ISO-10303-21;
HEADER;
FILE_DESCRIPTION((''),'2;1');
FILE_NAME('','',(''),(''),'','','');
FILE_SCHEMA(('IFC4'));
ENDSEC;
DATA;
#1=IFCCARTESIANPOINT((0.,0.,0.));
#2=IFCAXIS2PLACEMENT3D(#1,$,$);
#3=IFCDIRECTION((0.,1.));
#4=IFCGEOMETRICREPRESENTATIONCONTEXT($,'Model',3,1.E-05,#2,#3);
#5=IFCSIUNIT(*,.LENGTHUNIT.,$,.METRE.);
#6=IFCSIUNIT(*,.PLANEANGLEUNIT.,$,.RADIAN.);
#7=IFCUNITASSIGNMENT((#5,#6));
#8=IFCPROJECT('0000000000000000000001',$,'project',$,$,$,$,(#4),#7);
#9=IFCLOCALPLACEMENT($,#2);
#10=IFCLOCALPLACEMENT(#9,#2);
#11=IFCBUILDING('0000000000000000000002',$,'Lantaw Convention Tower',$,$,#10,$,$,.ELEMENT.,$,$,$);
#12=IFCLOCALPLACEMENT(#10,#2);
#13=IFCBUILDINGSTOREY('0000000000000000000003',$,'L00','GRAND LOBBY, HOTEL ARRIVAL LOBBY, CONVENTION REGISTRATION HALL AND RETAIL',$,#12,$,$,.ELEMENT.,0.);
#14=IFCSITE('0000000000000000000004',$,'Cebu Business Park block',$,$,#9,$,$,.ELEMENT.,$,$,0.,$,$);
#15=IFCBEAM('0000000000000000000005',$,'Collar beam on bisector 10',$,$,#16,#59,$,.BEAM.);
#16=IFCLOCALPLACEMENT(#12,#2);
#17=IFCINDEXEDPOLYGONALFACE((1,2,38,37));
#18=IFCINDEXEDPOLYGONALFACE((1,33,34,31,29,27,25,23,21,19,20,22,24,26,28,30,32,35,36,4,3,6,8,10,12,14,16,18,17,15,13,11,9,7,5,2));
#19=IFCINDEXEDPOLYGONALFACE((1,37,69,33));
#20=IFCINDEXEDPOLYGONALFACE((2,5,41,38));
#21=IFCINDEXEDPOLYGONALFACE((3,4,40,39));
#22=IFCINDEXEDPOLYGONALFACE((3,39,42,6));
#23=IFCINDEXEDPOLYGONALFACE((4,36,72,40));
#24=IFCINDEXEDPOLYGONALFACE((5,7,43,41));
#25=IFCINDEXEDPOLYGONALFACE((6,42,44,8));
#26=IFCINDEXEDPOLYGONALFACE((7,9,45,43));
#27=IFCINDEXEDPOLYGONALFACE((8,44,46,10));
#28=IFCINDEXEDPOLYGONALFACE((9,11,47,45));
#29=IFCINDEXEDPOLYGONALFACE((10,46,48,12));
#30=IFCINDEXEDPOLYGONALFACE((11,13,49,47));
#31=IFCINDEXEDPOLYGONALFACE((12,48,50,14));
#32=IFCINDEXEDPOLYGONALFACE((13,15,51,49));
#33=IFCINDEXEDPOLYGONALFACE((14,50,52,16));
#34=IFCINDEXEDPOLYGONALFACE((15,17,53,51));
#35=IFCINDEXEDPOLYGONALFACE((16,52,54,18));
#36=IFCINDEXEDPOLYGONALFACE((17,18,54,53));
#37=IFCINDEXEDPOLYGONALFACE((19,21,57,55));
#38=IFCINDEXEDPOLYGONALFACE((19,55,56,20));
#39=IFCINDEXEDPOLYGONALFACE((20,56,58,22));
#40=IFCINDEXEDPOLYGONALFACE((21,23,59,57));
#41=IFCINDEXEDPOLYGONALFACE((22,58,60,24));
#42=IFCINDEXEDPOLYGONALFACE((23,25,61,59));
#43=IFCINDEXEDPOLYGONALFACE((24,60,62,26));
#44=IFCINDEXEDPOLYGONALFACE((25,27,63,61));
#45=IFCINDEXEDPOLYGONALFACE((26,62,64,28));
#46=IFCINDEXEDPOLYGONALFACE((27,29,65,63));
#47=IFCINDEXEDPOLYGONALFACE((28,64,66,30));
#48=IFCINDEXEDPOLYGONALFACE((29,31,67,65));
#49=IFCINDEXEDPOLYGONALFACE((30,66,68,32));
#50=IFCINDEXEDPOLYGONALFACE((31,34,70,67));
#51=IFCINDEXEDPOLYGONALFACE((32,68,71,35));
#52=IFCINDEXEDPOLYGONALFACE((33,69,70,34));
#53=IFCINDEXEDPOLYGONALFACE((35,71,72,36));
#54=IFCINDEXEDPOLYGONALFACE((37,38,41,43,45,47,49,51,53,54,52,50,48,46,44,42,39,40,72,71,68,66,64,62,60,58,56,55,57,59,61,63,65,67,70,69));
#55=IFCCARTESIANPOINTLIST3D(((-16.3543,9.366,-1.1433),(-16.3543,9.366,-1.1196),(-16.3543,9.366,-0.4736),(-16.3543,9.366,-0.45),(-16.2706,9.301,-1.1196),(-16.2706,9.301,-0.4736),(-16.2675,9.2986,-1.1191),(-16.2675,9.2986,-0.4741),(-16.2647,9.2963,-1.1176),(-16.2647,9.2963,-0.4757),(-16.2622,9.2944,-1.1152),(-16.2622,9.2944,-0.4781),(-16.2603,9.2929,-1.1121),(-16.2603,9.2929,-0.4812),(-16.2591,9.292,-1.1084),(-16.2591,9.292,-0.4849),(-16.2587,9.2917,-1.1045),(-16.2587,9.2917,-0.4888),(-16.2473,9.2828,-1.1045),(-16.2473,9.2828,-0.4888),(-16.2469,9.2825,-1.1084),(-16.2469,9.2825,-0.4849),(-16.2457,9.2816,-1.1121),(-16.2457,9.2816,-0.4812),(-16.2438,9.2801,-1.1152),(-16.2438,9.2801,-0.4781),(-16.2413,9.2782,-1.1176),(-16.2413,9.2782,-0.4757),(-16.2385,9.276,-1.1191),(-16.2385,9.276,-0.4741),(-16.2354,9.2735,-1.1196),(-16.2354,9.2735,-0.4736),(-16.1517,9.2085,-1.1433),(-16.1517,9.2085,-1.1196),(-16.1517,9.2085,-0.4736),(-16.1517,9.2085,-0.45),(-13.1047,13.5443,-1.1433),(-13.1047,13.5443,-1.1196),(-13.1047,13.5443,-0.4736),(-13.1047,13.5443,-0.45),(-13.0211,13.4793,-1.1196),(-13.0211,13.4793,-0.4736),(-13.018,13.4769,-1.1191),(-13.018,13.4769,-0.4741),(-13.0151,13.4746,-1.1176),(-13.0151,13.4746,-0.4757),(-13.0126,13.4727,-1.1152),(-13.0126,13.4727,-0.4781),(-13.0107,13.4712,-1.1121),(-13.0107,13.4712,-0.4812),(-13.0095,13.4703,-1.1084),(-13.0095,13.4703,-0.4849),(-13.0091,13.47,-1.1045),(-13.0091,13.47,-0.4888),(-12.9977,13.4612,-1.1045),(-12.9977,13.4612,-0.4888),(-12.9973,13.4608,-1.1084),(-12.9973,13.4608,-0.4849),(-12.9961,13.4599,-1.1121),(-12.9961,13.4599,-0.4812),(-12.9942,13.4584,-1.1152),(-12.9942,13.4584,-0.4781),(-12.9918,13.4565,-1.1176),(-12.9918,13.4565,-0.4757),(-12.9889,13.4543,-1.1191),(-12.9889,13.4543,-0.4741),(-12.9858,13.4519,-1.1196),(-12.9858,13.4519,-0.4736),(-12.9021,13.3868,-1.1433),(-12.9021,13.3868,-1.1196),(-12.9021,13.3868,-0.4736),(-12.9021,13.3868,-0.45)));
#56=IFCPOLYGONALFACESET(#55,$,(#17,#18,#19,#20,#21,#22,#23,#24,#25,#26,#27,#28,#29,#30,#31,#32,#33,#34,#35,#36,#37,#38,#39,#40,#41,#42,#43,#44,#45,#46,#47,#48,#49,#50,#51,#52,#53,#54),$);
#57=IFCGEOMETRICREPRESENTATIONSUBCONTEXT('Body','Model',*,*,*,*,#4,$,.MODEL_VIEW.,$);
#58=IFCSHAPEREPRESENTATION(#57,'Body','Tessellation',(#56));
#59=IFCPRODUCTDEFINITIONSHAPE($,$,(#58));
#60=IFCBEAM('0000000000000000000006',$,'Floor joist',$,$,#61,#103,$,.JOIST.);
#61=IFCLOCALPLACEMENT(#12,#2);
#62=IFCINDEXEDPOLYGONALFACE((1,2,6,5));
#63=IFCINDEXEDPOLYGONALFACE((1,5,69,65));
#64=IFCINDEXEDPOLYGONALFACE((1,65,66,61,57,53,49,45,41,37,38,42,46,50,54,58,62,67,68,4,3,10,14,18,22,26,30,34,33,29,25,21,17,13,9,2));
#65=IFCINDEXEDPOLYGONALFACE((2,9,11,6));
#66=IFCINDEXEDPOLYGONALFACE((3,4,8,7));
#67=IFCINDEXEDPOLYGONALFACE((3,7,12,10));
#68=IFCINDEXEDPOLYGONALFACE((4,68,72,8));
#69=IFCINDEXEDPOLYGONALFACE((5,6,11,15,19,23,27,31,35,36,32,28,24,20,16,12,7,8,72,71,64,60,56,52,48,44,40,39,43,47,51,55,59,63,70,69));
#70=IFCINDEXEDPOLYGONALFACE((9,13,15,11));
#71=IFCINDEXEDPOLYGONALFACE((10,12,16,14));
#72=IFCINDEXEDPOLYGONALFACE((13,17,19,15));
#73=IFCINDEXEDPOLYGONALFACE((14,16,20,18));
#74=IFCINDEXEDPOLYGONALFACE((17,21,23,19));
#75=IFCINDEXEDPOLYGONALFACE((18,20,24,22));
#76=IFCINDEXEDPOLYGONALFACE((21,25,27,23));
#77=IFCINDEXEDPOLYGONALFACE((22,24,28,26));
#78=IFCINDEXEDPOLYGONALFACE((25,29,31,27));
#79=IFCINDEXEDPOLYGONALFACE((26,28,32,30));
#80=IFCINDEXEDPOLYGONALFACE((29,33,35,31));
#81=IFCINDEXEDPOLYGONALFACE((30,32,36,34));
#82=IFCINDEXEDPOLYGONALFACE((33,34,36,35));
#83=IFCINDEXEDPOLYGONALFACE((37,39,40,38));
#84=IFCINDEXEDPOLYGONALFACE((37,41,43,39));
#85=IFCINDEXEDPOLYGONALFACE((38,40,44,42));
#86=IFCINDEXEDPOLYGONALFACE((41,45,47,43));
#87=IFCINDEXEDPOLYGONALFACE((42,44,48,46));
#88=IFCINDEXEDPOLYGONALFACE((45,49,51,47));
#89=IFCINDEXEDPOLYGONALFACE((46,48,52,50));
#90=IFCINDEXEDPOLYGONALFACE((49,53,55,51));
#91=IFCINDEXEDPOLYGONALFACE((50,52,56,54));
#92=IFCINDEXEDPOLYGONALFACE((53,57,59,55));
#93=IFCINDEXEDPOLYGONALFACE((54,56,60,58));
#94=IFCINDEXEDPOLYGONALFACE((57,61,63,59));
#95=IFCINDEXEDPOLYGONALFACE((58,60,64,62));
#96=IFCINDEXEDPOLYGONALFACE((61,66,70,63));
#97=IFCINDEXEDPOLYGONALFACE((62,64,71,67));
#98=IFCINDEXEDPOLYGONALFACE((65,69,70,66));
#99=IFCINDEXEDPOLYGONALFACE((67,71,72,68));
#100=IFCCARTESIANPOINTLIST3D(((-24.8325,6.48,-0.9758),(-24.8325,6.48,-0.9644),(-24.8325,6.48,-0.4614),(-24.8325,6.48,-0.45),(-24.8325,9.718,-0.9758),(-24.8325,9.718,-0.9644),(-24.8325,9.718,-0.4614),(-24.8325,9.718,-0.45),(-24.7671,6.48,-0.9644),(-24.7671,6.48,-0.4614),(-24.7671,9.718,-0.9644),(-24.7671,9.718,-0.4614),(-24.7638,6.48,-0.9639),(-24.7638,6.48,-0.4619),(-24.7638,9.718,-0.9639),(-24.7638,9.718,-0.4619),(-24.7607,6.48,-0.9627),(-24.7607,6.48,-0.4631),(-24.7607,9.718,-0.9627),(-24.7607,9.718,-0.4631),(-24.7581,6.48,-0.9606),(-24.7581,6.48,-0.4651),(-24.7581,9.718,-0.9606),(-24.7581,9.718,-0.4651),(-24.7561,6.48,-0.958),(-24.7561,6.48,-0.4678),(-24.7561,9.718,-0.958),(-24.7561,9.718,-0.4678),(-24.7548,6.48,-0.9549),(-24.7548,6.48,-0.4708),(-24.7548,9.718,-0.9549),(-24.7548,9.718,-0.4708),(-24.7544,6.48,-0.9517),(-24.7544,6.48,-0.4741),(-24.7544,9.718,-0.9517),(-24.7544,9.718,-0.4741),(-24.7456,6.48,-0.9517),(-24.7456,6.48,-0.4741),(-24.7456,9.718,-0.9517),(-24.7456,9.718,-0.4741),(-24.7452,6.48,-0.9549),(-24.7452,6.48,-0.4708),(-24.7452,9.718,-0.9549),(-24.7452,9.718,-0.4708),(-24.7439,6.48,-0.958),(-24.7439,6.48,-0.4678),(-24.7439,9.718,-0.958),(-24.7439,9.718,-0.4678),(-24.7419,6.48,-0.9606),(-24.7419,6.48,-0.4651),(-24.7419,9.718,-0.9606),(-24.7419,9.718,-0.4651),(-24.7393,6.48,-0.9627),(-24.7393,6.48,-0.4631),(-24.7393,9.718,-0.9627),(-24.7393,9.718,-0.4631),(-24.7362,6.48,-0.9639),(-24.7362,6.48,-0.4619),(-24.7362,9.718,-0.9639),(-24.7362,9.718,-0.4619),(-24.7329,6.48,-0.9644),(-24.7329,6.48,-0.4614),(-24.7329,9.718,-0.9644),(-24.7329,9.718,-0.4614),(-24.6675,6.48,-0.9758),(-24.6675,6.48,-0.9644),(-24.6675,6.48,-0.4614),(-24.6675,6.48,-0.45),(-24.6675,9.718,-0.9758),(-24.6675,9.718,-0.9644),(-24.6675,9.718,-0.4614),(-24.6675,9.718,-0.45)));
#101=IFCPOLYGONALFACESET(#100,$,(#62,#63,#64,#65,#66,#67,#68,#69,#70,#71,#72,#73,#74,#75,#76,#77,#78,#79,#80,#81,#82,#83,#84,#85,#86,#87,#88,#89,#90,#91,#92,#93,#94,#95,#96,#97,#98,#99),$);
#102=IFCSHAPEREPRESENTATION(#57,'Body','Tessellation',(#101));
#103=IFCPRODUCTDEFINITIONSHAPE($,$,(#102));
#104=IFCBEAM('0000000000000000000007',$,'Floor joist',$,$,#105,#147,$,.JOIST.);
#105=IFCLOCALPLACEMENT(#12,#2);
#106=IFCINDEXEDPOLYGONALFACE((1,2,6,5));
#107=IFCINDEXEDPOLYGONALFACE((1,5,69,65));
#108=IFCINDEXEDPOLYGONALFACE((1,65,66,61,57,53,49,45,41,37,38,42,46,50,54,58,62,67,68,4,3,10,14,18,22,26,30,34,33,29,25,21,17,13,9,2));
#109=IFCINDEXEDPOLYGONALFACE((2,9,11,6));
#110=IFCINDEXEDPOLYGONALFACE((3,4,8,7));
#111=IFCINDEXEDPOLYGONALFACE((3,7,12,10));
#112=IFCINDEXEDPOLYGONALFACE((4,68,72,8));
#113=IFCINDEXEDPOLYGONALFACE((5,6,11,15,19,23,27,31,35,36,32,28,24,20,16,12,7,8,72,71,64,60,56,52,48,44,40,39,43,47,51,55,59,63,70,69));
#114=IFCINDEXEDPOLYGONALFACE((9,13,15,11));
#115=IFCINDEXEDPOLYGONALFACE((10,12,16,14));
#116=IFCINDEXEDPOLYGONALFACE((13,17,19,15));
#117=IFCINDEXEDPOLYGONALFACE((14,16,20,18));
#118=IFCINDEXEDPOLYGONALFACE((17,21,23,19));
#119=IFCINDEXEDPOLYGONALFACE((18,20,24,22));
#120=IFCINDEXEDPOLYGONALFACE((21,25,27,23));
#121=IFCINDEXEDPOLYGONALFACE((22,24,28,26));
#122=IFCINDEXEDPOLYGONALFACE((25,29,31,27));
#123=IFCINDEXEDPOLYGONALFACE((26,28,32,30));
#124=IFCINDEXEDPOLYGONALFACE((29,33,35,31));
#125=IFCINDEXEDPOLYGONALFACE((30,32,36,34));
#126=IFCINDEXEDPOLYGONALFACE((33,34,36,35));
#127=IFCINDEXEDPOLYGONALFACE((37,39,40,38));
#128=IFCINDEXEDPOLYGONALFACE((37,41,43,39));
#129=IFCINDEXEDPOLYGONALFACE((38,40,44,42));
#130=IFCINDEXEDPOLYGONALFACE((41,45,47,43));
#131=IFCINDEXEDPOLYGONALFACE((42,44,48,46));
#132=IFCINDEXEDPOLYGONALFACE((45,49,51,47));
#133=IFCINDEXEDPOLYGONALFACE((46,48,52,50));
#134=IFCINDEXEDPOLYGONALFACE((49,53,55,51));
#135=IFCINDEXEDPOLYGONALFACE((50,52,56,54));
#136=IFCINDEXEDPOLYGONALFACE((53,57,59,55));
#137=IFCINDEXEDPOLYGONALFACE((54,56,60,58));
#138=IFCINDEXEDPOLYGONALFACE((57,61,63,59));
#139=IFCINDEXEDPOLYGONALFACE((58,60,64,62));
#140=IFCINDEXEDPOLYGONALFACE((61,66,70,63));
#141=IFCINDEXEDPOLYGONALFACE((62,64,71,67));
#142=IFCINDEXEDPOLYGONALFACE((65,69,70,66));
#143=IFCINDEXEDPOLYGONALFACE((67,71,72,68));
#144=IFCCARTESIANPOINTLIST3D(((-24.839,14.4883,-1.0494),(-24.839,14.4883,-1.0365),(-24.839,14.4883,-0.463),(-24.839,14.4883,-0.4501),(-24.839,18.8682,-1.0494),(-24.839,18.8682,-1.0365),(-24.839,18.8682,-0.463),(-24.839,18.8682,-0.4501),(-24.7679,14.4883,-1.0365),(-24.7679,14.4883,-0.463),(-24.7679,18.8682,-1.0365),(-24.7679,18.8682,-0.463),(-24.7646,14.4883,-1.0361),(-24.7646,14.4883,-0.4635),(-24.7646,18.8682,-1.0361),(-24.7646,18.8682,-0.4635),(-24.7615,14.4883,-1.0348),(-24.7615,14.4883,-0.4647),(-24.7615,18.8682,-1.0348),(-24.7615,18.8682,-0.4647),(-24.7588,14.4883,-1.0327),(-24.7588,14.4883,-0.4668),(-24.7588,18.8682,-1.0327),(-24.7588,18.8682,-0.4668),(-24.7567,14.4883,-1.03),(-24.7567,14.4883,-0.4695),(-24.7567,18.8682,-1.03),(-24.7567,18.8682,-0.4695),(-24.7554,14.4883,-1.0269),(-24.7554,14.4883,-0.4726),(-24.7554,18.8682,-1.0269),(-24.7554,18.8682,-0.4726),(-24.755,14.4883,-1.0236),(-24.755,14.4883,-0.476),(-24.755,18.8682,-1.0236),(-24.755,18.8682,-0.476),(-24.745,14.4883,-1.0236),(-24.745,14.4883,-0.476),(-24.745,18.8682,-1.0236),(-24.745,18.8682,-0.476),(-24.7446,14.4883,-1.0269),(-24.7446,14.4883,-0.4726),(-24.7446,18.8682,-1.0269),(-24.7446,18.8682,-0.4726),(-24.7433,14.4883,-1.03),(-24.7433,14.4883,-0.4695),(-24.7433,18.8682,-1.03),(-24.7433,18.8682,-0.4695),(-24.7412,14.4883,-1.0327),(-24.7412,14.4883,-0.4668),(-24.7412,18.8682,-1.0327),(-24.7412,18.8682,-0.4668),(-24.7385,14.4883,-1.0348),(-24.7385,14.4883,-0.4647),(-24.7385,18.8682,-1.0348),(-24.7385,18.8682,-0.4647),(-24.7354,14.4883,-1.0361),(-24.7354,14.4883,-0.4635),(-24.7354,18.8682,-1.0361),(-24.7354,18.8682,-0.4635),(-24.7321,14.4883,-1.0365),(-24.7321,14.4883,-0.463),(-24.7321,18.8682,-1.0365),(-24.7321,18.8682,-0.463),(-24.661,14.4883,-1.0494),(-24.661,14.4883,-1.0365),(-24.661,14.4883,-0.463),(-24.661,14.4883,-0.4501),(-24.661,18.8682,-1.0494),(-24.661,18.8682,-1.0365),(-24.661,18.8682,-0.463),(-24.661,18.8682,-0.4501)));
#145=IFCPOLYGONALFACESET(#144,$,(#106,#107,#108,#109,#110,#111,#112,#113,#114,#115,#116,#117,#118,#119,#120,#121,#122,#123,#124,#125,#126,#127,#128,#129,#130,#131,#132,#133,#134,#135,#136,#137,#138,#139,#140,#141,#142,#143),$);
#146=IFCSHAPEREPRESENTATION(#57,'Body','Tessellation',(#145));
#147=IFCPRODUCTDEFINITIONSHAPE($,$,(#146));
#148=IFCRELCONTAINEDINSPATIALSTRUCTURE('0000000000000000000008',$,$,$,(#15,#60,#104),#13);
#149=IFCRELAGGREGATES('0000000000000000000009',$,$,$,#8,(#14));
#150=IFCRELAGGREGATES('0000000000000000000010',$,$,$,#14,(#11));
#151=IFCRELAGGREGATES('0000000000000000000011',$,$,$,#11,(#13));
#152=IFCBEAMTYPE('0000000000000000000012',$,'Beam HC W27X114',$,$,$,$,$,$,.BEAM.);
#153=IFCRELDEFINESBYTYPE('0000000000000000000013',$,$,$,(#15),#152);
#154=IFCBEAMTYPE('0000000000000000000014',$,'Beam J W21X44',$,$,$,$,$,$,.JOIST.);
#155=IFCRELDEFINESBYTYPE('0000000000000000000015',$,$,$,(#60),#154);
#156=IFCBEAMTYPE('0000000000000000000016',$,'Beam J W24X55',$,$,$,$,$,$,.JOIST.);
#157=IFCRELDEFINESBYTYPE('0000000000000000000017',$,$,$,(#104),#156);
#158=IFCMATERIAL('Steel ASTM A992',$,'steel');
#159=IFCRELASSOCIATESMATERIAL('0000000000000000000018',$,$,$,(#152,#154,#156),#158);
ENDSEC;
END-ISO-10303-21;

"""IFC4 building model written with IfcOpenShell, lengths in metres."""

from ifc_helpers import new_model, si_unit, direction, frame, origin, origin_2d, place, context, subcontext, project, spatial, i_section, extrude, material, material_profile, profile_set, type_object, element, save


model = new_model("IFC4")

# Units and contexts
model_context = context("Model", 3, precision=1e-05, world=origin(), true_north=direction((0.0, 1.0)))
body_context = subcontext(model_context, "Body", "Model", "MODEL_VIEW")
ifc_project = project(units=[si_unit("LENGTHUNIT", "METRE"), si_unit("PLANEANGLEUNIT", "RADIAN")], contexts=[model_context])

# Site, building, storey
site_placement = place(None, origin())
site = spatial("IfcSite", under=ifc_project, at=site_placement, Name="Cebu Business Park block", CompositionType="ELEMENT", RefElevation=0.0)
building_placement = place(site_placement, origin())
building = spatial("IfcBuilding", under=site, at=building_placement, Name="Lantaw Convention Tower", CompositionType="ELEMENT")
storey_placement = place(building_placement, origin())
storey = spatial("IfcBuildingStorey", under=building, at=storey_placement, Name="L00", Description="GRAND LOBBY, HOTEL ARRIVAL LOBBY, CONVENTION REGISTRATION HALL AND RETAIL", CompositionType="ELEMENT", Elevation=0.0)

# Beams
ifc_material_1 = material(Name="Steel ASTM A992", Category="steel")
ifc_material_profile_1 = material_profile(ifc_material_1, i_section(OverallWidth=0.2566, OverallDepth=0.6934, WebThickness=0.0144, FlangeThickness=0.0237, FilletRadius=0.0151, at=origin_2d()), Name="W27X114")
ifc_profile_set_1 = profile_set([ifc_material_profile_1], Name="Steel ASTM A992")
beam_type_1 = type_object("IfcBeamType", Name="Beam HC W27X114", PredefinedType="BEAM", material=ifc_profile_set_1)
beam_1_placement = place(storey_placement, frame((-13.0034, 13.4656, -0.7966), z_axis=(-0.613915, -0.789372, 0.0), x_axis=(0.789372, -0.613915, 0.0)))
element("IfcBeam", 1, at=beam_1_placement, inside=storey, type_object=beam_type_1, Name="Collar beam on bisector 10", PredefinedType="BEAM", context=body_context, shape_type="SweptSolid", body=[
    extrude(i_section(OverallWidth=0.2566, OverallDepth=0.6934, WebThickness=0.0144, FlangeThickness=0.0237, FilletRadius=0.0151, at=origin_2d()), origin(), (0.0, 0.0, 1.0), 5.2932),
])
ifc_material_profile_2 = material_profile(ifc_material_1, i_section(OverallWidth=0.165, OverallDepth=0.5259, WebThickness=0.0088, FlangeThickness=0.0115, FilletRadius=0.0127, at=origin_2d()), Name="W21X44")
ifc_profile_set_2 = profile_set([ifc_material_profile_2], Name="Steel ASTM A992")
beam_type_2 = type_object("IfcBeamType", Name="Beam J W21X44", PredefinedType="JOIST", material=ifc_profile_set_2)
beam_2_placement = place(storey_placement, frame((-24.75, 6.48, -0.7129), z_axis=(0.0, 1.0, 0.0), x_axis=(-1.0, 0.0, 0.0)))
element("IfcBeam", 2, at=beam_2_placement, inside=storey, type_object=beam_type_2, Name="Floor joist", PredefinedType="JOIST", context=body_context, shape_type="SweptSolid", body=[
    extrude(i_section(OverallWidth=0.165, OverallDepth=0.5259, WebThickness=0.0088, FlangeThickness=0.0115, FilletRadius=0.0127, at=origin_2d()), origin(), (0.0, 0.0, 1.0), 3.238),
])
ifc_material_profile_3 = material_profile(ifc_material_1, i_section(OverallWidth=0.178, OverallDepth=0.5994, WebThickness=0.01, FlangeThickness=0.0129, FilletRadius=0.0129, at=origin_2d()), Name="W24X55")
ifc_profile_set_3 = profile_set([ifc_material_profile_3], Name="Steel ASTM A992")
beam_type_3 = type_object("IfcBeamType", Name="Beam J W24X55", PredefinedType="JOIST", material=ifc_profile_set_3)
beam_3_placement = place(storey_placement, frame((-24.75, 14.4883, -0.7498), z_axis=(0.0, 1.0, 0.0), x_axis=(-1.0, 0.0, 0.0)))
element("IfcBeam", 3, at=beam_3_placement, inside=storey, type_object=beam_type_3, Name="Floor joist", PredefinedType="JOIST", context=body_context, shape_type="SweptSolid", body=[
    extrude(i_section(OverallWidth=0.178, OverallDepth=0.5994, WebThickness=0.01, FlangeThickness=0.0129, FilletRadius=0.0129, at=origin_2d()), origin(), (0.0, 0.0, 1.0), 4.3799),
])

save(model, "model.ifc")
